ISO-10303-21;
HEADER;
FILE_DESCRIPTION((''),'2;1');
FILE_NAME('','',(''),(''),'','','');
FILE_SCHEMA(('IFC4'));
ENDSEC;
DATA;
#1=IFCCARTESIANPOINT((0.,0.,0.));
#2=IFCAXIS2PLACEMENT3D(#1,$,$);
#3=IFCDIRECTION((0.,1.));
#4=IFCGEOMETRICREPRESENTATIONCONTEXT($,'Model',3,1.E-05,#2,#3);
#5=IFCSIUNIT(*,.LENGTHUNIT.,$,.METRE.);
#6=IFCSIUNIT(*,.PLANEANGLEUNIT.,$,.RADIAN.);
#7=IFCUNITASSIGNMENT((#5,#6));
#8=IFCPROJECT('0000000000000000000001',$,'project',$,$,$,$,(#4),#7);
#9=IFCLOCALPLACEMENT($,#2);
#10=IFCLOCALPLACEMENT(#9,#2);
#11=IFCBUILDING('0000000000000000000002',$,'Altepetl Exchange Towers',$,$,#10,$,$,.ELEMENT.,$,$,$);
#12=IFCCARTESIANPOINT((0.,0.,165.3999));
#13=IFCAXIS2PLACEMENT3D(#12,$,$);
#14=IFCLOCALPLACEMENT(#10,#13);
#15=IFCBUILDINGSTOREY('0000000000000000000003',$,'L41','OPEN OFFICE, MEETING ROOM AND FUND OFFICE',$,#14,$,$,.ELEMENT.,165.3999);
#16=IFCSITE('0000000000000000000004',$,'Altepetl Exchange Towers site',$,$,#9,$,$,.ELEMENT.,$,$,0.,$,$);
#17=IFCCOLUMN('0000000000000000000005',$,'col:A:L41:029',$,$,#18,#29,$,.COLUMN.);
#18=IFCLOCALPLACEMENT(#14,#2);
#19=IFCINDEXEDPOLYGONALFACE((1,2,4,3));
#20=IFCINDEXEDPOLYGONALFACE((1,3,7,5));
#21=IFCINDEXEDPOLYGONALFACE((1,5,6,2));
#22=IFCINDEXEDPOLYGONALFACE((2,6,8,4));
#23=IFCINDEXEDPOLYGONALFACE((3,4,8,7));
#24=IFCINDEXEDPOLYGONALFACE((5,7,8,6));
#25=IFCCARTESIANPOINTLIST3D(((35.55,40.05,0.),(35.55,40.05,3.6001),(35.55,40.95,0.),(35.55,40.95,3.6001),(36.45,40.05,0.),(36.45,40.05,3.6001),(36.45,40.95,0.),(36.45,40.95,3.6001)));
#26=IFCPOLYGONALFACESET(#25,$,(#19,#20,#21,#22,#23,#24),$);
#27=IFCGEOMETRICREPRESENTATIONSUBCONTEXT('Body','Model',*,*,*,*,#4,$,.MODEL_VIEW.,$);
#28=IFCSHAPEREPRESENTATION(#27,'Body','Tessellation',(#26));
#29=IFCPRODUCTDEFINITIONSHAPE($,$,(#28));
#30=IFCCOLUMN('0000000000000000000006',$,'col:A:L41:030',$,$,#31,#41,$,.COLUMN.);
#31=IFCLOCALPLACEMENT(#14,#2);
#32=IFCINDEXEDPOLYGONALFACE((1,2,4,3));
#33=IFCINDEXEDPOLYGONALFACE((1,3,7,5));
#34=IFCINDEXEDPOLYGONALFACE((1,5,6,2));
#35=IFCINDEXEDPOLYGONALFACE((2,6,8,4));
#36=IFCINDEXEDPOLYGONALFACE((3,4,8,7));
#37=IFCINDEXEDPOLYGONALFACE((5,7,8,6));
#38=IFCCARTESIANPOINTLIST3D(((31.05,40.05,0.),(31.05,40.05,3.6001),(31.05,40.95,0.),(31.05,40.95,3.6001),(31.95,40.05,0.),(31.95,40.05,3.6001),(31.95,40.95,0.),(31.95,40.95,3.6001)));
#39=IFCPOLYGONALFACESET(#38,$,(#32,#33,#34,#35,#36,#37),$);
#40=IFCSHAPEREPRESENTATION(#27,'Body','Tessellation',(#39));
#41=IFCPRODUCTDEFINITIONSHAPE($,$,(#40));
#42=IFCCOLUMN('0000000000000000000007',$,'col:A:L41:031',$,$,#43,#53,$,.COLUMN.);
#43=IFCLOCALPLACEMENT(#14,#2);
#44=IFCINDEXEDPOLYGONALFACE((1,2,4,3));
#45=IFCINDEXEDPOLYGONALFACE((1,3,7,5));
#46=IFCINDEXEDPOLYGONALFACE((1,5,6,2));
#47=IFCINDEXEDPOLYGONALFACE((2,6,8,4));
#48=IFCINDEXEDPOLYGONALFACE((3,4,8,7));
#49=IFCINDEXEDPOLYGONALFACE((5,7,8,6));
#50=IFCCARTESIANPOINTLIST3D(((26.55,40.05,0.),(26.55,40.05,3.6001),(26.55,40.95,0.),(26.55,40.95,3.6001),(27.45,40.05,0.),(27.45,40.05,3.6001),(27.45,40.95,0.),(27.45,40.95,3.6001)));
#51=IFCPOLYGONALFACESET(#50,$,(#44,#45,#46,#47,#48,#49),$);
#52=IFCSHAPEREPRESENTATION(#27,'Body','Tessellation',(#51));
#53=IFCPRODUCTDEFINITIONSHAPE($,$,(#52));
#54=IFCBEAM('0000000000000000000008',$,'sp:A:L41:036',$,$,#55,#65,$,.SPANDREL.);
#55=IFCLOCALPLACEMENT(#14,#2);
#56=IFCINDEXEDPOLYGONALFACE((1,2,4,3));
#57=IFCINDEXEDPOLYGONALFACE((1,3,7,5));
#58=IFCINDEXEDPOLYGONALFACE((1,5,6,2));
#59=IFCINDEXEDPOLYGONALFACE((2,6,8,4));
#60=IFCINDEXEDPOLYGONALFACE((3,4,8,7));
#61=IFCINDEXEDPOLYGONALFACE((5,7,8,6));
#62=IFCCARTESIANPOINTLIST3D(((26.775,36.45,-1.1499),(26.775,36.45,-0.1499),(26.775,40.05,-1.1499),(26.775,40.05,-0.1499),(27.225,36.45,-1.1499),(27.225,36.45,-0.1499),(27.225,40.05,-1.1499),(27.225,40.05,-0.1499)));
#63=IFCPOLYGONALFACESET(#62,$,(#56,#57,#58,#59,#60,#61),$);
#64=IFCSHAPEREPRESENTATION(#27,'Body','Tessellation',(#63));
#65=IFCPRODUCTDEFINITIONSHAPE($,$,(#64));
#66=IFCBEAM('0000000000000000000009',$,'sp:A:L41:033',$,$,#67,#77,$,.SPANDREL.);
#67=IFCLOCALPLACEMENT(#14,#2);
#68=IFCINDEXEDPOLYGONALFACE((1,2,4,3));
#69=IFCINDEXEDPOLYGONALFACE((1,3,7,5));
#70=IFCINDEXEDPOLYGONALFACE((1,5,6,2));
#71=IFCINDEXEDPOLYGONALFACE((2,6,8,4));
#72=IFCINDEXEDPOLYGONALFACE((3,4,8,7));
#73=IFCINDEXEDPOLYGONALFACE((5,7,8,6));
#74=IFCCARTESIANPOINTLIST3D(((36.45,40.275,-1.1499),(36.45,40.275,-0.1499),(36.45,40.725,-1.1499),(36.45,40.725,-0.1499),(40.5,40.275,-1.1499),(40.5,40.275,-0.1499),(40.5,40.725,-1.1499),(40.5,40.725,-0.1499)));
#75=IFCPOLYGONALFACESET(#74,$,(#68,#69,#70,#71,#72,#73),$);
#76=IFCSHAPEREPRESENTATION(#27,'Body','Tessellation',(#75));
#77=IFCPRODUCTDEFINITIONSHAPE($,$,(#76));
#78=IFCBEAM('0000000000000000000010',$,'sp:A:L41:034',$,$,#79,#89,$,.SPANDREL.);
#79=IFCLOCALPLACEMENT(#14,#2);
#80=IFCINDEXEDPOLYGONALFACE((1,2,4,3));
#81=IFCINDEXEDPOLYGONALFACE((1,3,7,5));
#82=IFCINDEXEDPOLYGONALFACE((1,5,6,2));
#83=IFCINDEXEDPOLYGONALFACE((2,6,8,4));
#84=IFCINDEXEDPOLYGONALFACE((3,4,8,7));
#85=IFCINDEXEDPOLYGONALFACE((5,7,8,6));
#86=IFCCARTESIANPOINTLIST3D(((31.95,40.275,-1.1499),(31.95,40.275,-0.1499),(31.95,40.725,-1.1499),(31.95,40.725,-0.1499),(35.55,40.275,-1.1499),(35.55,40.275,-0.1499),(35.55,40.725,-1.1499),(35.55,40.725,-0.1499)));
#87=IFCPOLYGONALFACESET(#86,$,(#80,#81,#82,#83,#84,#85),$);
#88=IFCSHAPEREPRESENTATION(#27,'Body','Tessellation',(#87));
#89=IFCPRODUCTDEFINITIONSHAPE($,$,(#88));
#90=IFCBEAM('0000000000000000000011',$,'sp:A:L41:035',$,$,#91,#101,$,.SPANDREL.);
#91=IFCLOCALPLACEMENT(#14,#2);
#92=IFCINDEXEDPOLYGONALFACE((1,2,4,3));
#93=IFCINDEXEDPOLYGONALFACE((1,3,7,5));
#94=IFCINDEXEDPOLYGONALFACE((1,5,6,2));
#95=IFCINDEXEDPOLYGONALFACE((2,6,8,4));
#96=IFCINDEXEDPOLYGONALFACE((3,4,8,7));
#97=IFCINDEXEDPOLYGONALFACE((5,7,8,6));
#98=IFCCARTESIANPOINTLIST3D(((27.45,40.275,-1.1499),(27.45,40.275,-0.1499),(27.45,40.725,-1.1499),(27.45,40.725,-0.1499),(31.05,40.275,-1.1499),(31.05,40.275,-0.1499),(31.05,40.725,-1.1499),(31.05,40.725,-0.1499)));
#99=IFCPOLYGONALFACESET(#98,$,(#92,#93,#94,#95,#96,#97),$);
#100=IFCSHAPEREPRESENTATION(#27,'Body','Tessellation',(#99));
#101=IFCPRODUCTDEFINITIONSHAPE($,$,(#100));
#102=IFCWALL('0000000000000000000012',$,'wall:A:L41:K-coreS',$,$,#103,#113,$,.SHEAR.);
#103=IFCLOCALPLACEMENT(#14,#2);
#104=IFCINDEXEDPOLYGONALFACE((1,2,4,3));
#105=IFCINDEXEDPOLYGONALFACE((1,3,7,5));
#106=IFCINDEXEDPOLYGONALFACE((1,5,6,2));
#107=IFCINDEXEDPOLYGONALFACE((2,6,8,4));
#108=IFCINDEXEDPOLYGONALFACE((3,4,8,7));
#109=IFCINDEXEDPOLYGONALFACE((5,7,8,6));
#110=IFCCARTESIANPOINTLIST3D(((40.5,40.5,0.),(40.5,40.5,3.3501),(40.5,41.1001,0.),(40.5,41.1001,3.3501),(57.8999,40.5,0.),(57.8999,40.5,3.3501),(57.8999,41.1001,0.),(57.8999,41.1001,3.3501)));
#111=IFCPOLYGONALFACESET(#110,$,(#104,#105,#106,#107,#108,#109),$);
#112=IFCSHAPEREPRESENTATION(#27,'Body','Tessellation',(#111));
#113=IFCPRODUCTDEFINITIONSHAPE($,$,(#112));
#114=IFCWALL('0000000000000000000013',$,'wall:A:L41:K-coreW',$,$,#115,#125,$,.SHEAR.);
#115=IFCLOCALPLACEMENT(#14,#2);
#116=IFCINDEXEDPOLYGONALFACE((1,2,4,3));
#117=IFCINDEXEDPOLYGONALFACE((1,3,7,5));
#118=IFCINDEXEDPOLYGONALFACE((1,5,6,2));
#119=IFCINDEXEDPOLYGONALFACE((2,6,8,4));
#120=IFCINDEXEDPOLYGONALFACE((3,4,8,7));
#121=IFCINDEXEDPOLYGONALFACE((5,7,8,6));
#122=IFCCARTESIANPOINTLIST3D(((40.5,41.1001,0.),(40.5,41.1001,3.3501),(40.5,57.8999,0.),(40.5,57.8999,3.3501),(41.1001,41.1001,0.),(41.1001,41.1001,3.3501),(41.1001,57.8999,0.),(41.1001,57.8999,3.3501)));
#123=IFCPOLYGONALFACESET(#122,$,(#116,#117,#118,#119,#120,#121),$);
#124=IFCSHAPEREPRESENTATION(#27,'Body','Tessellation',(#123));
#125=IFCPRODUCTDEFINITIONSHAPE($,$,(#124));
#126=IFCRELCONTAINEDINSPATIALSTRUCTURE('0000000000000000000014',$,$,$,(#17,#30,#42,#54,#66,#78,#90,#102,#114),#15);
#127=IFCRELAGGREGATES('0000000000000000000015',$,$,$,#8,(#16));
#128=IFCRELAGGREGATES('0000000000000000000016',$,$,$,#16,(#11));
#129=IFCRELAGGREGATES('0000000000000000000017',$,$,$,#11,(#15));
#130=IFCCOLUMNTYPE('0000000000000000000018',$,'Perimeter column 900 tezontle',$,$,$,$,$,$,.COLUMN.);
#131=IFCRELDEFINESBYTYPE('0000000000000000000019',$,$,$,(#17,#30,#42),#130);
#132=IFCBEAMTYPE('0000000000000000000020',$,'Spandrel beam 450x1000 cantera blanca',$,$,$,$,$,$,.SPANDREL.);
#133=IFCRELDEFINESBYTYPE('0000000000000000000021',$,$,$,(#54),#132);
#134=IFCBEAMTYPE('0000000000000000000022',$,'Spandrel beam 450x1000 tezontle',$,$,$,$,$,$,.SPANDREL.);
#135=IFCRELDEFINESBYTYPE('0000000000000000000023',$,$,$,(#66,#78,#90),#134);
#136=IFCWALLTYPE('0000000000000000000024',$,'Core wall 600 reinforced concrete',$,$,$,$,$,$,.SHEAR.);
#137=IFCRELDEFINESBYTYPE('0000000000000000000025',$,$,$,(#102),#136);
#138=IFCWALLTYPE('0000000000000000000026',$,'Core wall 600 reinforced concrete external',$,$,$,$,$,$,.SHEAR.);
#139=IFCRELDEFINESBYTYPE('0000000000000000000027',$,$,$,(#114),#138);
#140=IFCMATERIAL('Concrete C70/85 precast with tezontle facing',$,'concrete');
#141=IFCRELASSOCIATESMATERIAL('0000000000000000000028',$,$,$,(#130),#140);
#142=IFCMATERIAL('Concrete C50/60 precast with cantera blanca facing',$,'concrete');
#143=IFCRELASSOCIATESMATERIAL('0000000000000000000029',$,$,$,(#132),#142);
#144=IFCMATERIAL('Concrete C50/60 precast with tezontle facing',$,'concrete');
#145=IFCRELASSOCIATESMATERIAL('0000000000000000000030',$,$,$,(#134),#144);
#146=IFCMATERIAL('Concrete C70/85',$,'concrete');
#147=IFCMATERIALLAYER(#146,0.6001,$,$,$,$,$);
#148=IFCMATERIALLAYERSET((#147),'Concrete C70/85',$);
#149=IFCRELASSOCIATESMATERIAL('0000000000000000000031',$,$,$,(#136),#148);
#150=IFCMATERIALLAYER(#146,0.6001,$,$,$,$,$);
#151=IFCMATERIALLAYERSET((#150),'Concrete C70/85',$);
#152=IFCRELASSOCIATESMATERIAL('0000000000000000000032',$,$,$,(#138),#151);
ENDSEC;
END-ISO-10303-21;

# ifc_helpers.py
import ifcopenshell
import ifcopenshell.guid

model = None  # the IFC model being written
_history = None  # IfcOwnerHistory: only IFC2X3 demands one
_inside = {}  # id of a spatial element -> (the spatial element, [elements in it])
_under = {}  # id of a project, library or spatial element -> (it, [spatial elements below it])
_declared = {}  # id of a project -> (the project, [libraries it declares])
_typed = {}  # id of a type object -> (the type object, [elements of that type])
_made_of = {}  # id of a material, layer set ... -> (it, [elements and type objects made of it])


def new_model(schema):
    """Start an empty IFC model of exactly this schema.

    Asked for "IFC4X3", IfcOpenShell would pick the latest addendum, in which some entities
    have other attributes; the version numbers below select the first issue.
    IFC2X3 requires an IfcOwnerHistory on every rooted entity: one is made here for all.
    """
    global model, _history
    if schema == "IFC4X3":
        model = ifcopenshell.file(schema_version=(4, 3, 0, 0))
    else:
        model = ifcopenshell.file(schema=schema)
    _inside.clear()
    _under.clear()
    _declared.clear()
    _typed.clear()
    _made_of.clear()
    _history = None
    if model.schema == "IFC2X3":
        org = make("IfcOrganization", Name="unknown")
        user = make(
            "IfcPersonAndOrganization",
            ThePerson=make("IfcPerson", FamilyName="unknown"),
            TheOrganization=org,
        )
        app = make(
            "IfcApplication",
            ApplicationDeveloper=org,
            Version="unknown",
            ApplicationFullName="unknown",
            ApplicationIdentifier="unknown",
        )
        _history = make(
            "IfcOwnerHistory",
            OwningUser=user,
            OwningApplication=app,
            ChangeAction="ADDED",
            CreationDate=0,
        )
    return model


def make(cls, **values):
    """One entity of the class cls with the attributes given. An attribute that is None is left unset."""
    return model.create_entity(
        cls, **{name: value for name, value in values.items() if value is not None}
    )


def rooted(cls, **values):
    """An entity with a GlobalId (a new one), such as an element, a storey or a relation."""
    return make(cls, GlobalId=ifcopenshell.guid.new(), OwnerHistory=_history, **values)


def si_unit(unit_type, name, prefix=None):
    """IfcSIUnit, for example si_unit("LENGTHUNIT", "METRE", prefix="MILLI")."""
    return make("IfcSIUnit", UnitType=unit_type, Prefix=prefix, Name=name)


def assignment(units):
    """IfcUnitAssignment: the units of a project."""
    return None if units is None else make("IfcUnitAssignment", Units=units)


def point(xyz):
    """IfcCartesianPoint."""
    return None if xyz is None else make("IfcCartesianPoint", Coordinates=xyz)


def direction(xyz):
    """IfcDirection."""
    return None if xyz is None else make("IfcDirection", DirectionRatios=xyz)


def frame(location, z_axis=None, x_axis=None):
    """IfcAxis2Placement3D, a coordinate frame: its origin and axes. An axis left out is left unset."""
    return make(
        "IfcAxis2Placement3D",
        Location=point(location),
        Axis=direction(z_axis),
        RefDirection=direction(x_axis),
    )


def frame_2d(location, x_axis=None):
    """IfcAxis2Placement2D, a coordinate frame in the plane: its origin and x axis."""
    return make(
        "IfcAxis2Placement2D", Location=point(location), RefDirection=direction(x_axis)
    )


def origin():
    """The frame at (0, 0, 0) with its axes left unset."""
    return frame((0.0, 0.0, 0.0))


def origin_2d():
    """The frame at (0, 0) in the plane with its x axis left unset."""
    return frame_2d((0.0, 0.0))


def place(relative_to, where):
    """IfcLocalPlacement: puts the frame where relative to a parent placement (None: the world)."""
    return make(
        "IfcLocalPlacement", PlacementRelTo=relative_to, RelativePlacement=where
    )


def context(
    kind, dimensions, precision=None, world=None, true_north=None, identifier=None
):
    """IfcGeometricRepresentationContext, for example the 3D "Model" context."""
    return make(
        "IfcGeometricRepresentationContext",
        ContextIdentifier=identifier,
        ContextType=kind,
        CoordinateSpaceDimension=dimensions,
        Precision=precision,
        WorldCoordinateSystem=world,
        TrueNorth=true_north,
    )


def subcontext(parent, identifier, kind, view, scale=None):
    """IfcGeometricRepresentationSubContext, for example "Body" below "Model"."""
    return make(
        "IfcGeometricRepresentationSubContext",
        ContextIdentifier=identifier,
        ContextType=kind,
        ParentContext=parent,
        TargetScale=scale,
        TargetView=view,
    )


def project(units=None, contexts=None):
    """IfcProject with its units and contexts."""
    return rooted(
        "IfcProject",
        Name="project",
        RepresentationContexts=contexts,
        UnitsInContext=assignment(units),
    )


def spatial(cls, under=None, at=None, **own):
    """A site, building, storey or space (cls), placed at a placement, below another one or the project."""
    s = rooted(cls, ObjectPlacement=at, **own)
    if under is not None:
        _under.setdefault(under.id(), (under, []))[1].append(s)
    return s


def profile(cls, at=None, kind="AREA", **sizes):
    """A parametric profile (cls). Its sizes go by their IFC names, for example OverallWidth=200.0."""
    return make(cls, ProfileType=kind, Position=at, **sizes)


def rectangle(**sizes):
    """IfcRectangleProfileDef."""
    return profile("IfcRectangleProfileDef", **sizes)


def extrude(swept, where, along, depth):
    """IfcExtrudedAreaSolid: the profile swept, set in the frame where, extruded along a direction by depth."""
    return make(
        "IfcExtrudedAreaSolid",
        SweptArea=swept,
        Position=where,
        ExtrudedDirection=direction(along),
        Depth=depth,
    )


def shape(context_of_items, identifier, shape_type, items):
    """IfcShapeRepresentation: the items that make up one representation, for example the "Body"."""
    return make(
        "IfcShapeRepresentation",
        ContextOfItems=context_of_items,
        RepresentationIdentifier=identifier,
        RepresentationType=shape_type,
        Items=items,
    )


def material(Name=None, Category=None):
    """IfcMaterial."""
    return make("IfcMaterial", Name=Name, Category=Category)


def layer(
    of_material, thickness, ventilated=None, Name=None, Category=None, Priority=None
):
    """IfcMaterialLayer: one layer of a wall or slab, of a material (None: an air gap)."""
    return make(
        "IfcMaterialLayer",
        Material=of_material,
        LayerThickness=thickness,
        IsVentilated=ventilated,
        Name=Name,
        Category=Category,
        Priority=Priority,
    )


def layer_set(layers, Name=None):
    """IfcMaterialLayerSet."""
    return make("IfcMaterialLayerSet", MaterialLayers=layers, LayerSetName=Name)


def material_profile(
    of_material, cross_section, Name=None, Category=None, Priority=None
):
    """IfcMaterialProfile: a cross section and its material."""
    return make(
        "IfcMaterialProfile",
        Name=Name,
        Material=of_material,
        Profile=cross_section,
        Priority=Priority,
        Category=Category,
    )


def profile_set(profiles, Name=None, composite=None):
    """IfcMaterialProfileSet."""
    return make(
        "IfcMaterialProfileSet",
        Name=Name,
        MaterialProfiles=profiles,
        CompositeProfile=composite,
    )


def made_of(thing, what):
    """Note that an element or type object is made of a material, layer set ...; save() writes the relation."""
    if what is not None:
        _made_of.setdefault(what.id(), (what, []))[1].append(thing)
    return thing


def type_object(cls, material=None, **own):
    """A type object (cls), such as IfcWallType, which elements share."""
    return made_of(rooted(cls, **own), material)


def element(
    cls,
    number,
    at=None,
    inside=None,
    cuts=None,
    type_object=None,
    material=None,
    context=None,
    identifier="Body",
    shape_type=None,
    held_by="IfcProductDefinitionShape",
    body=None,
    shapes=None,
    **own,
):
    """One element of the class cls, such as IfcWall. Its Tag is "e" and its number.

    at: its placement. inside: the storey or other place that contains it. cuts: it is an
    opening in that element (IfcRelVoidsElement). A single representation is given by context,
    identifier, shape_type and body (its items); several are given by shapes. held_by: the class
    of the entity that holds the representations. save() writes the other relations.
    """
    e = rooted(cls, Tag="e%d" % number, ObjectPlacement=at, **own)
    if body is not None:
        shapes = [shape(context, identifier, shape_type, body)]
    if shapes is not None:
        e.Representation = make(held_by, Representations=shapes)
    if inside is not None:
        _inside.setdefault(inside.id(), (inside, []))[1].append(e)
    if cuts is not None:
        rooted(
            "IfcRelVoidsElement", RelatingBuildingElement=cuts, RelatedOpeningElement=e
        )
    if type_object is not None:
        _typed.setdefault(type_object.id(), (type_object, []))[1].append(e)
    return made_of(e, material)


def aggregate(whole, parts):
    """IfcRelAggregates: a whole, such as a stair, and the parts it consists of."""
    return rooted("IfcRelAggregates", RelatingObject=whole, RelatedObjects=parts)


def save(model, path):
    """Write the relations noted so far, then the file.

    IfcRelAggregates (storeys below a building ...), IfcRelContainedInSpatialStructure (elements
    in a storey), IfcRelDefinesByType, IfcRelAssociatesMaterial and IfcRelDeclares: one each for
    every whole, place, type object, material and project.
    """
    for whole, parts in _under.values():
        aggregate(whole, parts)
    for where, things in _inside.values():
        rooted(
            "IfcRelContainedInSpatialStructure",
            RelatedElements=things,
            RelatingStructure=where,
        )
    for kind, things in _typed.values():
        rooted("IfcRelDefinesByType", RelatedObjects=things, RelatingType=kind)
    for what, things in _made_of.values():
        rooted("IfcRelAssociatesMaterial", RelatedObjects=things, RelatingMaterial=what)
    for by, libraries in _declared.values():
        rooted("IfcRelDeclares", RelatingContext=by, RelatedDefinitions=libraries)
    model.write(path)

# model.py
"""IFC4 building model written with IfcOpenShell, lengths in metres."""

from ifc_helpers import new_model, si_unit, direction, frame, frame_2d, origin, origin_2d, place, context, subcontext, project, spatial, rectangle, extrude, material, layer, layer_set, material_profile, profile_set, type_object, element, save


model = new_model("IFC4")

# Units and contexts
model_context = context("Model", 3, precision=1e-05, world=origin(), true_north=direction((0.0, 1.0)))
body_context = subcontext(model_context, "Body", "Model", "MODEL_VIEW")
ifc_project = project(units=[si_unit("LENGTHUNIT", "METRE"), si_unit("PLANEANGLEUNIT", "RADIAN")], contexts=[model_context])

# Site, building, storey
site_placement = place(None, origin())
site = spatial("IfcSite", under=ifc_project, at=site_placement, Name="Altepetl Exchange Towers site", CompositionType="ELEMENT", RefElevation=0.0)
building_placement = place(site_placement, origin())
building = spatial("IfcBuilding", under=site, at=building_placement, Name="Altepetl Exchange Towers", CompositionType="ELEMENT")
storey_placement = place(building_placement, frame((0.0, 0.0, 165.3999)))
storey = spatial("IfcBuildingStorey", under=building, at=storey_placement, Name="L41", Description="OPEN OFFICE, MEETING ROOM AND FUND OFFICE", CompositionType="ELEMENT", Elevation=165.3999)

# Columns
ifc_material_1 = material(Name="Concrete C70/85 precast with tezontle facing", Category="concrete")
ifc_material_profile_1 = material_profile(ifc_material_1, rectangle(XDim=0.8999, YDim=0.8999, at=origin_2d()), Name="900 x 900")
ifc_profile_set_1 = profile_set([ifc_material_profile_1], Name="Concrete C70/85 precast with tezontle facing")
column_type = type_object("IfcColumnType", Name="Perimeter column 900 tezontle", PredefinedType="COLUMN", material=ifc_profile_set_1)
for number, where, name in (
    (1, (36.0, 40.5, 0.0), "col:A:L41:029"),
    (2, (31.5, 40.5, 0.0), "col:A:L41:030"),
    (3, (27.0, 40.5, 0.0), "col:A:L41:031"),
):
    element("IfcColumn", number, at=place(storey_placement, frame(where)), inside=storey, type_object=column_type, Name=name, PredefinedType="COLUMN", context=body_context, shape_type="SweptSolid", body=[
        extrude(rectangle(XDim=0.8999, YDim=0.8999, at=origin_2d()), origin(), (0.0, 0.0, 1.0), 3.6001),
    ])

# Beams
ifc_material_2 = material(Name="Concrete C50/60 precast with cantera blanca facing", Category="concrete")
ifc_material_profile_2 = material_profile(ifc_material_2, rectangle(XDim=0.45, YDim=1.0, at=origin_2d()), Name="450 x 1000")
ifc_profile_set_2 = profile_set([ifc_material_profile_2], Name="Concrete C50/60 precast with cantera blanca facing")
beam_type_1 = type_object("IfcBeamType", Name="Spandrel beam 450x1000 cantera blanca", PredefinedType="SPANDREL", material=ifc_profile_set_2)
beam_1_placement = place(storey_placement, frame((27.0, 40.05, -0.6499), z_axis=(0.0, -1.0, 0.0), x_axis=(1.0, 0.0, 0.0)))
element("IfcBeam", 4, at=beam_1_placement, inside=storey, type_object=beam_type_1, Name="sp:A:L41:036", PredefinedType="SPANDREL", context=body_context, shape_type="SweptSolid", body=[
    extrude(rectangle(XDim=0.45, YDim=1.0, at=origin_2d()), origin(), (0.0, 0.0, 1.0), 3.6001),
])
ifc_material_3 = material(Name="Concrete C50/60 precast with tezontle facing", Category="concrete")
ifc_material_profile_3 = material_profile(ifc_material_3, rectangle(XDim=0.45, YDim=1.0, at=origin_2d()), Name="450 x 1000")
ifc_profile_set_3 = profile_set([ifc_material_profile_3], Name="Concrete C50/60 precast with tezontle facing")
beam_type_2 = type_object("IfcBeamType", Name="Spandrel beam 450x1000 tezontle", PredefinedType="SPANDREL", material=ifc_profile_set_3)
beam_2_placement = place(storey_placement, frame((40.5, 40.5, -0.6499), z_axis=(-1.0, 0.0, 0.0), x_axis=(0.0, -1.0, 0.0)))
element("IfcBeam", 5, at=beam_2_placement, inside=storey, type_object=beam_type_2, Name="sp:A:L41:033", PredefinedType="SPANDREL", context=body_context, shape_type="SweptSolid", body=[
    extrude(rectangle(XDim=0.45, YDim=1.0, at=origin_2d()), origin(), (0.0, 0.0, 1.0), 4.05),
])
for number, where, z_axis, x_axis, name in (
    (6, (35.55, 40.5, -0.6499), (-1.0, 0.0, 0.0), (0.0, -1.0, 0.0), "sp:A:L41:034"),
    (7, (31.05, 40.5, -0.6499), (-1.0, 0.0, 0.0), (0.0, -1.0, 0.0), "sp:A:L41:035"),
):
    element("IfcBeam", number, at=place(storey_placement, frame(where, z_axis=z_axis, x_axis=x_axis)), inside=storey, type_object=beam_type_2, Name=name, PredefinedType="SPANDREL", context=body_context, shape_type="SweptSolid", body=[
        extrude(rectangle(XDim=0.45, YDim=1.0, at=origin_2d()), origin(), (0.0, 0.0, 1.0), 3.6001),
    ])

# Walls
ifc_material_4 = material(Name="Concrete C70/85", Category="concrete")
ifc_layer_1 = layer(ifc_material_4, 0.6001)
ifc_layer_set_1 = layer_set([ifc_layer_1], Name="Concrete C70/85")
wall_type_1 = type_object("IfcWallType", Name="Core wall 600 reinforced concrete", PredefinedType="SHEAR", material=ifc_layer_set_1)
wall_1_placement = place(storey_placement, frame((40.5, 40.8, 0.0)))
element("IfcWall", 8, at=wall_1_placement, inside=storey, type_object=wall_type_1, Name="wall:A:L41:K-coreS", PredefinedType="SHEAR", context=body_context, shape_type="SweptSolid", body=[
    extrude(rectangle(XDim=17.3999, YDim=0.6001, at=frame_2d((8.7, 0.0))), origin(), (0.0, 0.0, 1.0), 3.3501),
])
ifc_layer_2 = layer(ifc_material_4, 0.6001)
ifc_layer_set_2 = layer_set([ifc_layer_2], Name="Concrete C70/85")
wall_type_2 = type_object("IfcWallType", Name="Core wall 600 reinforced concrete external", PredefinedType="SHEAR", material=ifc_layer_set_2)
wall_2_placement = place(storey_placement, frame((40.8, 41.1001, 0.0), z_axis=(0.0, 0.0, 1.0), x_axis=(0.0, 1.0, 0.0)))
element("IfcWall", 9, at=wall_2_placement, inside=storey, type_object=wall_type_2, Name="wall:A:L41:K-coreW", PredefinedType="SHEAR", context=body_context, shape_type="SweptSolid", body=[
    extrude(rectangle(XDim=16.7998, YDim=0.6001, at=frame_2d((8.3999, 0.0))), origin(), (0.0, 0.0, 1.0), 3.3501),
])

save(model, "model.ifc")
